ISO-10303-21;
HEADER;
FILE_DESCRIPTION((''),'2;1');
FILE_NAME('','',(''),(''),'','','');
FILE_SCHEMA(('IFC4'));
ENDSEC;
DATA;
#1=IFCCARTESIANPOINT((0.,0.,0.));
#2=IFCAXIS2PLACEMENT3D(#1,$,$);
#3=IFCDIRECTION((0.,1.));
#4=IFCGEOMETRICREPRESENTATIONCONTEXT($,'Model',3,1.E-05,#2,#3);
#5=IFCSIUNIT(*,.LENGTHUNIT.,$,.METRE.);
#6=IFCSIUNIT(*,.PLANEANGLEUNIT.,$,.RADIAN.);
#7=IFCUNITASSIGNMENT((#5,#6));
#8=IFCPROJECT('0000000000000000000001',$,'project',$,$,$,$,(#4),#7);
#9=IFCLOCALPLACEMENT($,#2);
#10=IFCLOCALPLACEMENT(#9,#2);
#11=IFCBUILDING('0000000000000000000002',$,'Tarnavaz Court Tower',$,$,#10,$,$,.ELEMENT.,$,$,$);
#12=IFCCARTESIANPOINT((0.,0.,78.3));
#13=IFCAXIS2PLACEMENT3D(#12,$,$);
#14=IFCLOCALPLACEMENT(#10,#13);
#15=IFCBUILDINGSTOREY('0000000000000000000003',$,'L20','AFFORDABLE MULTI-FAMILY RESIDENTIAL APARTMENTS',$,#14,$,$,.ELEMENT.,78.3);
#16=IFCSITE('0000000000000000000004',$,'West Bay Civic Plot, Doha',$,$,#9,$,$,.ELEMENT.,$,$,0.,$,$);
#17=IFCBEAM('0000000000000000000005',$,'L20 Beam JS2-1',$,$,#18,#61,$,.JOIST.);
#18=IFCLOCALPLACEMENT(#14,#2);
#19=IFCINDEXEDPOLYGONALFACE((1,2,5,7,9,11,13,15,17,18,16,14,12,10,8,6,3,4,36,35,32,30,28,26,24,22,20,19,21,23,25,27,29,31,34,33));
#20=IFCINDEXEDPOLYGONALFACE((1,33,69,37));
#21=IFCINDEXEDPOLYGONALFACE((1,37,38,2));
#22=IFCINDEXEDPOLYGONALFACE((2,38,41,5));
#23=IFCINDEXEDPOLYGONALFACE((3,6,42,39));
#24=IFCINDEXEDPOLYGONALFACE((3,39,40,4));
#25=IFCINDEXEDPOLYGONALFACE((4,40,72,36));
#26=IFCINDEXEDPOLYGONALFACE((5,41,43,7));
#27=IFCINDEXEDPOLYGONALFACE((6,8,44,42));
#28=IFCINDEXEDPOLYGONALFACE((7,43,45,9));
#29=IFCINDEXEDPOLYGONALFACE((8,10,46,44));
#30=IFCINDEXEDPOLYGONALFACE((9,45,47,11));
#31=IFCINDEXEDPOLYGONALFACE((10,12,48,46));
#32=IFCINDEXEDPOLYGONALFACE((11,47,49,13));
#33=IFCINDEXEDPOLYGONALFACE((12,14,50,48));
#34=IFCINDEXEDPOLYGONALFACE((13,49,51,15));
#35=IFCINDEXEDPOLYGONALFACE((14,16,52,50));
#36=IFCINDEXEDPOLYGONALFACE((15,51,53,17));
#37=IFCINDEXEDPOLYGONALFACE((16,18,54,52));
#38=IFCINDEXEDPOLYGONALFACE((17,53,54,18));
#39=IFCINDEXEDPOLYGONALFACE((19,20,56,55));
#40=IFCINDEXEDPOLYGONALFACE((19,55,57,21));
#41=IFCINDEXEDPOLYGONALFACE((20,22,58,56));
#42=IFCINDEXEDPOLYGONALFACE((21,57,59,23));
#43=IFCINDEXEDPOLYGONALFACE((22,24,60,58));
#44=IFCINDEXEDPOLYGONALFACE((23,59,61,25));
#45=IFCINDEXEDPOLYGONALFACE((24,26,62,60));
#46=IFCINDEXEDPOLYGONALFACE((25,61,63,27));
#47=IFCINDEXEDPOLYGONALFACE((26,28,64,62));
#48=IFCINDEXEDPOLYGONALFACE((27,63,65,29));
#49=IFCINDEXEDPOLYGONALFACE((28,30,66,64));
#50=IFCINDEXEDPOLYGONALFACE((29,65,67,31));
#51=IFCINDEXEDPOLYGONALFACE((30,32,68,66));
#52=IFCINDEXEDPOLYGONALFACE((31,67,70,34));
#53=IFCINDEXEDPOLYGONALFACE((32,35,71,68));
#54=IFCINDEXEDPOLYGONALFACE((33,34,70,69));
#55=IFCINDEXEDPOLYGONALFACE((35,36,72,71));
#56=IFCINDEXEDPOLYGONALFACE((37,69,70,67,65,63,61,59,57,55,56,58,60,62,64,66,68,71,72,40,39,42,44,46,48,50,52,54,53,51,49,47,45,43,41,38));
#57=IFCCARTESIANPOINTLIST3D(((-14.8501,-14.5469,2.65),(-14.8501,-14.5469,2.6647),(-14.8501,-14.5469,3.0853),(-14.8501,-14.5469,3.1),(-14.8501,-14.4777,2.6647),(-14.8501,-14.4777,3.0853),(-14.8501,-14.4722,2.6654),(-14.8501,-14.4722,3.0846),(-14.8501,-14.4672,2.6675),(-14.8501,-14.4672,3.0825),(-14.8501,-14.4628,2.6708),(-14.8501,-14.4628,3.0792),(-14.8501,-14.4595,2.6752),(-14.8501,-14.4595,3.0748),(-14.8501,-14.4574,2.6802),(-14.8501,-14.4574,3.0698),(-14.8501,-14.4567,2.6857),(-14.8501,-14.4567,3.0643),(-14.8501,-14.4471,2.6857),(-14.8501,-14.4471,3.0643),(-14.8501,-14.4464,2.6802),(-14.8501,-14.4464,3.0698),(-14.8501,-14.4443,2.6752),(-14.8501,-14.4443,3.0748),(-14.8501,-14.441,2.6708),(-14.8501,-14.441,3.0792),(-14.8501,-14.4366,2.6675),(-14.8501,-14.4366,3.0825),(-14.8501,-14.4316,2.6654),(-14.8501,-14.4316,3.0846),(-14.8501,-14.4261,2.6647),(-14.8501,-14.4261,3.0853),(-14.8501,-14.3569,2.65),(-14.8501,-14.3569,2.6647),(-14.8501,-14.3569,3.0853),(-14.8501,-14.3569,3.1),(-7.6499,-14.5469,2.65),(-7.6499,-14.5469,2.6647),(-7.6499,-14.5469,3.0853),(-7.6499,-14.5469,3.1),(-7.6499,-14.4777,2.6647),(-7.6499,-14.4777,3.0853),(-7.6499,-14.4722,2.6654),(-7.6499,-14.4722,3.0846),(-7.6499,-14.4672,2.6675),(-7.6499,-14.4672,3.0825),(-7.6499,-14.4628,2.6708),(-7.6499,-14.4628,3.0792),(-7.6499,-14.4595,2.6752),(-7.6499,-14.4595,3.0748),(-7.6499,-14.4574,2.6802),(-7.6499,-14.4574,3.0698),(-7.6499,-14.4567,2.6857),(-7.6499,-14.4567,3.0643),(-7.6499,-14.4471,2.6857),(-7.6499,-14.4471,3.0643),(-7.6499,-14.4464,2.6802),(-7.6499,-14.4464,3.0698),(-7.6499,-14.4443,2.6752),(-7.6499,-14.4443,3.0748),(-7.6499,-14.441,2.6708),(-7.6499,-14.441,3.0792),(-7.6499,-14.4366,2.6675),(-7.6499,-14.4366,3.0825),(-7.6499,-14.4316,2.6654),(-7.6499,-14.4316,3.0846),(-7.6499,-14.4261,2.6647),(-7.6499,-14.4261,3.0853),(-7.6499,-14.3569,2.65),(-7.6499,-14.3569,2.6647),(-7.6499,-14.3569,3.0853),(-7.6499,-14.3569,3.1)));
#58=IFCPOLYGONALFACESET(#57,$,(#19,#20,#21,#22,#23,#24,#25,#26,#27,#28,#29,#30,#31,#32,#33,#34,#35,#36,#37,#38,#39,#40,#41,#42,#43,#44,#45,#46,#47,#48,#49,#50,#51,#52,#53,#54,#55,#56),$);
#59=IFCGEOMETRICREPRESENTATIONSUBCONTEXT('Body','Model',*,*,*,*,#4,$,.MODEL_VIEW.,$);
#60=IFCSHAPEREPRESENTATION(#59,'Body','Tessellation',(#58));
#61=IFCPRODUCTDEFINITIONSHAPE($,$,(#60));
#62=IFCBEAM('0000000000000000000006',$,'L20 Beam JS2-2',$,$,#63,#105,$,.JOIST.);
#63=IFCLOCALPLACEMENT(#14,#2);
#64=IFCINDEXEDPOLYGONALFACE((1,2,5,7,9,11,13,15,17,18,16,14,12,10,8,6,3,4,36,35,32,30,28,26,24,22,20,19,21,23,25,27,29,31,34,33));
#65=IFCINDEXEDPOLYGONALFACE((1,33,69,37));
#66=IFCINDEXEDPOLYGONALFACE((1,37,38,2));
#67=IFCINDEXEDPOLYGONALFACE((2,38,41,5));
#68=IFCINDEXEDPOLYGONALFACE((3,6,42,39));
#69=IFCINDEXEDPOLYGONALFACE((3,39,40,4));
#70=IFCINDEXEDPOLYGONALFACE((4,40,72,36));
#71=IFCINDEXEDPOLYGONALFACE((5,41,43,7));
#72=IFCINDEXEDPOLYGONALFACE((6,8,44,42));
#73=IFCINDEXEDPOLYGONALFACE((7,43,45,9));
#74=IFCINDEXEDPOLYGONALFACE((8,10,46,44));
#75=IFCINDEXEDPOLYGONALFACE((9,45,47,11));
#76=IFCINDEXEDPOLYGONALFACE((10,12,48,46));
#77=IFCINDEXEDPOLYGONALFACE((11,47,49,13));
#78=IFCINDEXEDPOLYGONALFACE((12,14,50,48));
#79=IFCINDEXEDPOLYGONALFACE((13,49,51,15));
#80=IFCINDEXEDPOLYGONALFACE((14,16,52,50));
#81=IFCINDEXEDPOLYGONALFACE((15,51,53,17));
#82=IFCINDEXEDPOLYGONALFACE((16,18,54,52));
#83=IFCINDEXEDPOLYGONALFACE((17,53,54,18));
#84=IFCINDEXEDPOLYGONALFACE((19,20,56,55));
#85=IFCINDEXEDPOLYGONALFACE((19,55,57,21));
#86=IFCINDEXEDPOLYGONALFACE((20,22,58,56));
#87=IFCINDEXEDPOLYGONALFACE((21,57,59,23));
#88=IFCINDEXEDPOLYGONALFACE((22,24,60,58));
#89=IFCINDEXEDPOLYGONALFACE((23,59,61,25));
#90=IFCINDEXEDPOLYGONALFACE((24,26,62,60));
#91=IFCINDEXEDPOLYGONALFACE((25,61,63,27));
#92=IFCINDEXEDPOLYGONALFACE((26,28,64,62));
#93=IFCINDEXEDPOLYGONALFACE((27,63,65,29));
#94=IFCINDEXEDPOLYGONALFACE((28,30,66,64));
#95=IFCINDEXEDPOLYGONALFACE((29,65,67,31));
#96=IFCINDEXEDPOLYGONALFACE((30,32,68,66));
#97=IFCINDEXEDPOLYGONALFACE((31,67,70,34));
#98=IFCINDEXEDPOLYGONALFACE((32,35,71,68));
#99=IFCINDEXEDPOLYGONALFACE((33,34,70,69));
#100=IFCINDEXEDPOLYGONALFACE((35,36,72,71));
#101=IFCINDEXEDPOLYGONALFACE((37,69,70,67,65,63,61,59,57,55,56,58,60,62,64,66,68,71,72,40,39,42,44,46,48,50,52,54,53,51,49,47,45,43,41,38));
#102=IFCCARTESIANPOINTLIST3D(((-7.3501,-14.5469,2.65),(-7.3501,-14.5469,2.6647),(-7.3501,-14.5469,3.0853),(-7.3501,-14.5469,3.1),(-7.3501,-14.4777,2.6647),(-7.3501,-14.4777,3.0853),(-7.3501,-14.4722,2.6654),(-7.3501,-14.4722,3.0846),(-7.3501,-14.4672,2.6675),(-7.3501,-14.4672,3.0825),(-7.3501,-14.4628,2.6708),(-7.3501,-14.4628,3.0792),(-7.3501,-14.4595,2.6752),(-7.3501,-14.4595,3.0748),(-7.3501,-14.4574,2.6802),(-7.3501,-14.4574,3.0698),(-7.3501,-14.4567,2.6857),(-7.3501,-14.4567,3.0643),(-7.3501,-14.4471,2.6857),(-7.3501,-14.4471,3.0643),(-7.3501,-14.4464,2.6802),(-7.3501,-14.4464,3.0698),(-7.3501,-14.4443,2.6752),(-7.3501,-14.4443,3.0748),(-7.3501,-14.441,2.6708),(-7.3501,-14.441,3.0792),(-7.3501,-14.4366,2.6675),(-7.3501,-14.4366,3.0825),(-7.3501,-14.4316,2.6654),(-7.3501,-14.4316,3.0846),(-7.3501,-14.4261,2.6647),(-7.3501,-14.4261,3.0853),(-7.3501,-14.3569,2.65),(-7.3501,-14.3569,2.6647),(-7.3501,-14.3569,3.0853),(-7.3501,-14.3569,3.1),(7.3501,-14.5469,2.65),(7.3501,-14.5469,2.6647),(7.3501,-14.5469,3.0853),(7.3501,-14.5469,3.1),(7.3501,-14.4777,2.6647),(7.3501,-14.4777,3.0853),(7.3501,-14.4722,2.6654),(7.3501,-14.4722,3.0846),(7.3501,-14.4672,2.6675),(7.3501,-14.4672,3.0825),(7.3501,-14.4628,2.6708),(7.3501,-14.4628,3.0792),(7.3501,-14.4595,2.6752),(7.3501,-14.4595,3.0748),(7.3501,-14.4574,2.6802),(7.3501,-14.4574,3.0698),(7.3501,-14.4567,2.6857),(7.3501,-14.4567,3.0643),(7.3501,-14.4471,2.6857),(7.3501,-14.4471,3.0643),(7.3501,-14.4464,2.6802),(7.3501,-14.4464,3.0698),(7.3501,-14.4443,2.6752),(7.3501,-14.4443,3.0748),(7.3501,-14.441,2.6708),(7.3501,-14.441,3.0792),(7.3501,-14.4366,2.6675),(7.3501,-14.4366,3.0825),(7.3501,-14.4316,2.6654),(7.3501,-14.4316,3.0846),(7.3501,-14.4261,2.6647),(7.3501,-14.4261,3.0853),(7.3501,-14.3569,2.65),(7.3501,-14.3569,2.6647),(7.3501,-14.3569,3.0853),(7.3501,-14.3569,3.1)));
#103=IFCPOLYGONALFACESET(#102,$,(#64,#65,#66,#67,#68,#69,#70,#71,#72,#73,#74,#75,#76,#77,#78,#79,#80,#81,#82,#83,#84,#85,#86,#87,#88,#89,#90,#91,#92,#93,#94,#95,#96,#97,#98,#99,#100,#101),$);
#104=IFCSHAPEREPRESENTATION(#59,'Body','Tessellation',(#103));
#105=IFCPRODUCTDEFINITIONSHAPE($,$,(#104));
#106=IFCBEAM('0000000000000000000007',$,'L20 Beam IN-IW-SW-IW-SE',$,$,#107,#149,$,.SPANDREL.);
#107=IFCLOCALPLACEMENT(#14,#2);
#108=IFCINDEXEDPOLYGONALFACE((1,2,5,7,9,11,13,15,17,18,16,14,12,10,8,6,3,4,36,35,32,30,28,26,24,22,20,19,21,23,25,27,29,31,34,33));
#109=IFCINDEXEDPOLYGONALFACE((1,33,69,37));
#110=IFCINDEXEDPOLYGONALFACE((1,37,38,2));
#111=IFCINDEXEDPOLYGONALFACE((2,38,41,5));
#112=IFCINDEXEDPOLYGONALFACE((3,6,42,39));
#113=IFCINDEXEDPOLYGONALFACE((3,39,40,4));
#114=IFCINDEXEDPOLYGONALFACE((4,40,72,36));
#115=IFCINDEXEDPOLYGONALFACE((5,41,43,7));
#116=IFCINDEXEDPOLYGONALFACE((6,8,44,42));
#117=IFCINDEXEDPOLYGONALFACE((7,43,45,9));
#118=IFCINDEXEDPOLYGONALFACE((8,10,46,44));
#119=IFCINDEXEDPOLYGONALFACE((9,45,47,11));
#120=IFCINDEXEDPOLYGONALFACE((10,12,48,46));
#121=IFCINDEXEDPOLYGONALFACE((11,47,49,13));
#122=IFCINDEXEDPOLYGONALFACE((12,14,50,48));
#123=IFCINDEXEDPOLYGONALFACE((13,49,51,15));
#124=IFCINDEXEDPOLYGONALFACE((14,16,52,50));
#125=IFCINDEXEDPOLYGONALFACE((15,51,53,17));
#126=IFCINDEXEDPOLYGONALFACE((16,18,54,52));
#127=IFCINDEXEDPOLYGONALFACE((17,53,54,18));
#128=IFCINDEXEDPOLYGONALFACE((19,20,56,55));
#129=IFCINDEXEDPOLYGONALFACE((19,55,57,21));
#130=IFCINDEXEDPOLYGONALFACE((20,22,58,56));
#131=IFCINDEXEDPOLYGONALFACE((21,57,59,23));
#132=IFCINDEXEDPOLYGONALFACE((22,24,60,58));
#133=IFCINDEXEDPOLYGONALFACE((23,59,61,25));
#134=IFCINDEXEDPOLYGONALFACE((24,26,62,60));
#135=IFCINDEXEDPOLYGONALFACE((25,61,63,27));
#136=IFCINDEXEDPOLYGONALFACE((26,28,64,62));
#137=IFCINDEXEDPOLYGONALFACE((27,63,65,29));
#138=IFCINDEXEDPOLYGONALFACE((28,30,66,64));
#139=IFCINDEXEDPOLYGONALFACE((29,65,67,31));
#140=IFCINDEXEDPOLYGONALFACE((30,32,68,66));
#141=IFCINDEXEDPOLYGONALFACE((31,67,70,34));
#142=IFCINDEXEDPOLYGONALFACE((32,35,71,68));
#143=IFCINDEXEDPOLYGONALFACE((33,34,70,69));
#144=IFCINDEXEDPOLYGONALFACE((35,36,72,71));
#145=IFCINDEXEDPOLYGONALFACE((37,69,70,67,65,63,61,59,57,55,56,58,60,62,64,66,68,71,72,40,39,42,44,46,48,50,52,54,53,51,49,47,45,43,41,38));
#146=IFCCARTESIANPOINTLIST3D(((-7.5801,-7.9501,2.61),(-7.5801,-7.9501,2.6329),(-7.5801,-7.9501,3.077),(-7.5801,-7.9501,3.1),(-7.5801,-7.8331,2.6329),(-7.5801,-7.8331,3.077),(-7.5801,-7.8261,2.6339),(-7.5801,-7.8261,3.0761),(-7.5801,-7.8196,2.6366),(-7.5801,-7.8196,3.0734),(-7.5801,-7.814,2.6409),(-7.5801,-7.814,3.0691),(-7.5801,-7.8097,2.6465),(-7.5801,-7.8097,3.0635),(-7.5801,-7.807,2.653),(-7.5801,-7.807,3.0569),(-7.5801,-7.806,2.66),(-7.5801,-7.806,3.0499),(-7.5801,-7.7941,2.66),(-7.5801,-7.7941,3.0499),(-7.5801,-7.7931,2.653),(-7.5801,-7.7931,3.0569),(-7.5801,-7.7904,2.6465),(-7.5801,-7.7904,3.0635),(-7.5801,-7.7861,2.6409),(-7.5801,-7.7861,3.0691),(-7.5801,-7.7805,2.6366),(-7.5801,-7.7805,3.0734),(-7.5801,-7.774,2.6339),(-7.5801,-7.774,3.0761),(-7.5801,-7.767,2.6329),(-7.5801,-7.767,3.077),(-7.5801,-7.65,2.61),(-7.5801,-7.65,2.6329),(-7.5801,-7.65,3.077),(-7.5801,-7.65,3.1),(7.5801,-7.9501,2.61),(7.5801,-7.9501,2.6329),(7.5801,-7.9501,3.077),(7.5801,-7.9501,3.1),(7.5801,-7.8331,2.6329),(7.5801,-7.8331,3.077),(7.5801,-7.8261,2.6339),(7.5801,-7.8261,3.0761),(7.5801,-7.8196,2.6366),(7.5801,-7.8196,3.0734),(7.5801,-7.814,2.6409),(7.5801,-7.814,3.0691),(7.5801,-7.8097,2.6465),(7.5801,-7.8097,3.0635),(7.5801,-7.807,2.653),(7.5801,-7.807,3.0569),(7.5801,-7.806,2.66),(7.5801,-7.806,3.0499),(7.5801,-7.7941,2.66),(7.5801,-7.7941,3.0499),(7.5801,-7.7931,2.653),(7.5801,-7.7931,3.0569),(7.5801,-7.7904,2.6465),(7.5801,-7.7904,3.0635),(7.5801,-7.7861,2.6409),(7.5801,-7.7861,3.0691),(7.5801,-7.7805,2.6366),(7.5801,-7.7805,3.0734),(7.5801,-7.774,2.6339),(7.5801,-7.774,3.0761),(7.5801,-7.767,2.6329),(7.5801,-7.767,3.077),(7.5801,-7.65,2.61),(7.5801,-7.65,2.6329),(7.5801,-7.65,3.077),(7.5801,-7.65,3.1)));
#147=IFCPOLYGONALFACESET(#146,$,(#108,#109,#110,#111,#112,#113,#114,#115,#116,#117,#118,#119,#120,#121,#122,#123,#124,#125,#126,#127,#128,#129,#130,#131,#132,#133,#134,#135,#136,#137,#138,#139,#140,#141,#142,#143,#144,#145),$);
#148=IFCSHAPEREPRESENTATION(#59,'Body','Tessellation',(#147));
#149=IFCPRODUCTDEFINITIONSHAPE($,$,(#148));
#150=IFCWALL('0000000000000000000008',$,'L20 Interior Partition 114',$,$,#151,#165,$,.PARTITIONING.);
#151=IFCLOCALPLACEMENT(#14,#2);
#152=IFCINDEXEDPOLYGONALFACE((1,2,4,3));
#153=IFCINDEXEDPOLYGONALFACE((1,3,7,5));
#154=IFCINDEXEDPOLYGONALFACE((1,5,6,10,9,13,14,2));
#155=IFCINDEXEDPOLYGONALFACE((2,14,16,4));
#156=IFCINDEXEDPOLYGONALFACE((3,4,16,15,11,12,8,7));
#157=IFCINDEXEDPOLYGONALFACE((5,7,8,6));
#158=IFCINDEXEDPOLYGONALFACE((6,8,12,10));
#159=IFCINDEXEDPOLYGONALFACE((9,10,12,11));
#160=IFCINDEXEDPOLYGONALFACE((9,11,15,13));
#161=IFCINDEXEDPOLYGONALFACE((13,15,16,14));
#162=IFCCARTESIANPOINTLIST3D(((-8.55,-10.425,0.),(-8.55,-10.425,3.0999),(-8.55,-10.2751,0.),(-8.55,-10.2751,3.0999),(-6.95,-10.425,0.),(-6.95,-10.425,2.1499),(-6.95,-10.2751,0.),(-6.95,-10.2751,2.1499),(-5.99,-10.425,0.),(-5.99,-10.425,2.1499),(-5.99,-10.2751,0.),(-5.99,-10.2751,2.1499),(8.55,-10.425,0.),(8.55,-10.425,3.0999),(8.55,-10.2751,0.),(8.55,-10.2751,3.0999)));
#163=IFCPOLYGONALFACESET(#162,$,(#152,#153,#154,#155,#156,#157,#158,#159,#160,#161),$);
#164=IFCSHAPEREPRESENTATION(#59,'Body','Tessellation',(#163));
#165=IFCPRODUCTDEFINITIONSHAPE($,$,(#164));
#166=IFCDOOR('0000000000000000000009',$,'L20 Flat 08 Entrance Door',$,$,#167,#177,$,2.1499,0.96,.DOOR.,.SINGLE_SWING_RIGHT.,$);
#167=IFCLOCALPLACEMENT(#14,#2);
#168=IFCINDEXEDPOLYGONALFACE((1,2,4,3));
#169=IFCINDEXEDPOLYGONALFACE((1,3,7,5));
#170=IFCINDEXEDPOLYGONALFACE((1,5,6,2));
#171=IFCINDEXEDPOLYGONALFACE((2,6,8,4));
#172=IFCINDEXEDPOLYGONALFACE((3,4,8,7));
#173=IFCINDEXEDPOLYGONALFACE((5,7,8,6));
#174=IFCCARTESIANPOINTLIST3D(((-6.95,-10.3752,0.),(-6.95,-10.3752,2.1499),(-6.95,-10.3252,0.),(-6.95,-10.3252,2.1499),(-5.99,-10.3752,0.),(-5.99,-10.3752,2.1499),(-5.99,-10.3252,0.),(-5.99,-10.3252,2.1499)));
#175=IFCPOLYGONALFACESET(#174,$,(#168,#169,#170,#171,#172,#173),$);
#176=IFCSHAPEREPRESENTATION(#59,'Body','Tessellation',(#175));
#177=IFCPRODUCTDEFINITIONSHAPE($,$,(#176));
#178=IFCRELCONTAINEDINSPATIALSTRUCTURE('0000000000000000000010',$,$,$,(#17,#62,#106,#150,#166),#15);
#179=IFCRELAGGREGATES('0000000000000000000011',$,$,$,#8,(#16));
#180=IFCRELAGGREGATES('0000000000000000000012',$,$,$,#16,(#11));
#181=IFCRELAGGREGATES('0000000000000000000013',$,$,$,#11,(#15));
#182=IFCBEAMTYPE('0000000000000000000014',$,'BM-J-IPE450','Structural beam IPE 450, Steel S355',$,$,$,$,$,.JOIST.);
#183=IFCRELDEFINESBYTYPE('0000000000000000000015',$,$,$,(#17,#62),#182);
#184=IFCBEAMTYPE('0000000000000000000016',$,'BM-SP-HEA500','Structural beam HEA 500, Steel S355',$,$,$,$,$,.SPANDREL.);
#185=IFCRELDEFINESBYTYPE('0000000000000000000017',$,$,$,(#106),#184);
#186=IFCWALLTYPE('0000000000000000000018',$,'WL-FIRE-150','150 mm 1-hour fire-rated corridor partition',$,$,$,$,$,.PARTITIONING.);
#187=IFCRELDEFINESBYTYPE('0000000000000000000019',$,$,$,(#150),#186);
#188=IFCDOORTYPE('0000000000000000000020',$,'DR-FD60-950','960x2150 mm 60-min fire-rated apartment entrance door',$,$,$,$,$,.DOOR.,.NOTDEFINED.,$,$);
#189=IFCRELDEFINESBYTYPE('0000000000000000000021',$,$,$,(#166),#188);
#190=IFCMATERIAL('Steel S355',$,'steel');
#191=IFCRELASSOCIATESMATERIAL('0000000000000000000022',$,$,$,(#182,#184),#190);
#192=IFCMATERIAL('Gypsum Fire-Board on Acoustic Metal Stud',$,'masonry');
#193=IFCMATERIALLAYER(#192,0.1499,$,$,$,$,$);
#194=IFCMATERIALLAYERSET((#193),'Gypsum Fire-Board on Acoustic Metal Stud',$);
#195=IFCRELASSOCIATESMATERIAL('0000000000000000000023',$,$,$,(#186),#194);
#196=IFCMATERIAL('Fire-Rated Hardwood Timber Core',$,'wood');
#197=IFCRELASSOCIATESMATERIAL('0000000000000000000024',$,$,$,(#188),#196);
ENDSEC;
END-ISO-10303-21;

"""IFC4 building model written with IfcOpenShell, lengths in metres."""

from ifc_helpers import new_model, si_unit, direction, frame, frame_2d, origin, origin_2d, place, context, subcontext, project, spatial, rectangle, i_section, extrude, material, layer, layer_set, material_profile, profile_set, type_object, element, fill, save


model = new_model("IFC4")

# Units and contexts
model_context = context("Model", 3, precision=1e-05, world=origin(), true_north=direction((0.0, 1.0)))
body_context = subcontext(model_context, "Body", "Model", "MODEL_VIEW")
ifc_project = project(units=[si_unit("LENGTHUNIT", "METRE"), si_unit("PLANEANGLEUNIT", "RADIAN")], contexts=[model_context])

# Site, building, storey
site_placement = place(None, origin())
site = spatial("IfcSite", under=ifc_project, at=site_placement, Name="West Bay Civic Plot, Doha", CompositionType="ELEMENT", RefElevation=0.0)
building_placement = place(site_placement, origin())
building = spatial("IfcBuilding", under=site, at=building_placement, Name="Tarnavaz Court Tower", CompositionType="ELEMENT")
storey_placement = place(building_placement, frame((0.0, 0.0, 78.3)))
storey = spatial("IfcBuildingStorey", under=building, at=storey_placement, Name="L20", Description="AFFORDABLE MULTI-FAMILY RESIDENTIAL APARTMENTS", CompositionType="ELEMENT", Elevation=78.3)

# Beams
ifc_material_1 = material(Name="Steel S355", Category="steel")
ifc_material_profile_1 = material_profile(ifc_material_1, i_section(OverallWidth=0.1899, OverallDepth=0.45, WebThickness=0.0095, FlangeThickness=0.0146, FilletRadius=0.021, at=origin_2d()), Name="IPE 450")
ifc_profile_set_1 = profile_set([ifc_material_profile_1], Name="Steel S355")
beam_type_1 = type_object("IfcBeamType", Name="BM-J-IPE450", Description="Structural beam IPE 450, Steel S355", PredefinedType="JOIST", material=ifc_profile_set_1)
beam_1_placement = place(storey_placement, frame((-14.8501, -14.4519, 2.875), z_axis=(1.0, 0.0, 0.0), x_axis=(0.0, 1.0, 0.0)))
element("IfcBeam", 1, at=beam_1_placement, inside=storey, type_object=beam_type_1, Name="L20 Beam JS2-1", PredefinedType="JOIST", context=body_context, shape_type="SweptSolid", body=[
    extrude(i_section(OverallWidth=0.1899, OverallDepth=0.45, WebThickness=0.0095, FlangeThickness=0.0146, FilletRadius=0.021, at=origin_2d()), origin(), (0.0, 0.0, 1.0), 7.2002),
])
beam_2_placement = place(storey_placement, frame((-7.3501, -14.4519, 2.875), z_axis=(1.0, 0.0, 0.0), x_axis=(0.0, 1.0, 0.0)))
element("IfcBeam", 2, at=beam_2_placement, inside=storey, type_object=beam_type_1, Name="L20 Beam JS2-2", PredefinedType="JOIST", context=body_context, shape_type="SweptSolid", body=[
    extrude(i_section(OverallWidth=0.1899, OverallDepth=0.45, WebThickness=0.0095, FlangeThickness=0.0146, FilletRadius=0.021, at=origin_2d()), origin(), (0.0, 0.0, 1.0), 14.7002),
])
ifc_material_profile_2 = material_profile(ifc_material_1, i_section(OverallWidth=0.3, OverallDepth=0.49, WebThickness=0.012, FlangeThickness=0.0229, FilletRadius=0.0271, at=origin_2d()), Name="HEA 500")
ifc_profile_set_2 = profile_set([ifc_material_profile_2], Name="Steel S355")
beam_type_2 = type_object("IfcBeamType", Name="BM-SP-HEA500", Description="Structural beam HEA 500, Steel S355", PredefinedType="SPANDREL", material=ifc_profile_set_2)
beam_3_placement = place(storey_placement, frame((-7.5801, -7.8, 2.855), z_axis=(1.0, 0.0, 0.0), x_axis=(0.0, 1.0, 0.0)))
element("IfcBeam", 3, at=beam_3_placement, inside=storey, type_object=beam_type_2, Name="L20 Beam IN-IW-SW-IW-SE", PredefinedType="SPANDREL", context=body_context, shape_type="SweptSolid", body=[
    extrude(i_section(OverallWidth=0.3, OverallDepth=0.49, WebThickness=0.012, FlangeThickness=0.0229, FilletRadius=0.0271, at=origin_2d()), origin(), (0.0, 0.0, 1.0), 15.1602),
])

# Wall, opening, door
ifc_material_2 = material(Name="Gypsum Fire-Board on Acoustic Metal Stud", Category="masonry")
ifc_layer_1 = layer(ifc_material_2, 0.1499)
ifc_layer_set_1 = layer_set([ifc_layer_1], Name="Gypsum Fire-Board on Acoustic Metal Stud")
wall_type_1 = type_object("IfcWallType", Name="WL-FIRE-150", Description="150 mm 1-hour fire-rated corridor partition", PredefinedType="PARTITIONING", material=ifc_layer_set_1)
wall_1_placement = place(storey_placement, frame((-8.55, -10.3501, 0.0), z_axis=(0.0, 0.0, 1.0), x_axis=(1.0, 0.0, 0.0)))
wall_1 = element("IfcWall", 4, at=wall_1_placement, inside=storey, type_object=wall_type_1, Name="L20 Interior Partition 114", PredefinedType="PARTITIONING", context=body_context, shape_type="SweptSolid", body=[
    extrude(rectangle(XDim=17.1001, YDim=0.1499, at=frame_2d((8.55, 0.0))), origin(), (0.0, 0.0, 1.0), 3.0999),
])
opening_1_placement = place(wall_1_placement, frame((1.6001, 0.0, 0.0)))
opening_1 = element("IfcOpeningElement", 5, at=opening_1_placement, cuts=wall_1, PredefinedType="OPENING", context=body_context, shape_type="SweptSolid", body=[
    extrude(rectangle(XDim=0.96, YDim=2.1499, at=frame_2d((0.48, 1.075))), frame((0.0, 0.085, 0.0), z_axis=(0.0, -1.0, 0.0), x_axis=(1.0, 0.0, 0.0)), (0.0, 0.0, 1.0), 0.1699),
])
ifc_material_3 = material(Name="Fire-Rated Hardwood Timber Core", Category="wood")
door_type_1 = type_object("IfcDoorType", Name="DR-FD60-950", Description="960x2150 mm 60-min fire-rated apartment entrance door", OperationType="NOTDEFINED", PredefinedType="DOOR", material=ifc_material_3)
door_1_placement = place(opening_1_placement, origin())
door_1 = element("IfcDoor", 6, at=door_1_placement, inside=storey, type_object=door_type_1, Name="L20 Flat 08 Entrance Door", OperationType="SINGLE_SWING_RIGHT", OverallHeight=2.1499, OverallWidth=0.96, PredefinedType="DOOR", context=body_context, shape_type="SweptSolid", body=[
    extrude(rectangle(XDim=0.96, YDim=2.1499, at=frame_2d((0.48, 1.075))), frame((0.0, 0.0249, 0.0), z_axis=(0.0, -1.0, 0.0), x_axis=(1.0, 0.0, 0.0)), (0.0, 0.0, 1.0), 0.05),
])
fill(opening_1, door_1)

save(model, "model.ifc")
